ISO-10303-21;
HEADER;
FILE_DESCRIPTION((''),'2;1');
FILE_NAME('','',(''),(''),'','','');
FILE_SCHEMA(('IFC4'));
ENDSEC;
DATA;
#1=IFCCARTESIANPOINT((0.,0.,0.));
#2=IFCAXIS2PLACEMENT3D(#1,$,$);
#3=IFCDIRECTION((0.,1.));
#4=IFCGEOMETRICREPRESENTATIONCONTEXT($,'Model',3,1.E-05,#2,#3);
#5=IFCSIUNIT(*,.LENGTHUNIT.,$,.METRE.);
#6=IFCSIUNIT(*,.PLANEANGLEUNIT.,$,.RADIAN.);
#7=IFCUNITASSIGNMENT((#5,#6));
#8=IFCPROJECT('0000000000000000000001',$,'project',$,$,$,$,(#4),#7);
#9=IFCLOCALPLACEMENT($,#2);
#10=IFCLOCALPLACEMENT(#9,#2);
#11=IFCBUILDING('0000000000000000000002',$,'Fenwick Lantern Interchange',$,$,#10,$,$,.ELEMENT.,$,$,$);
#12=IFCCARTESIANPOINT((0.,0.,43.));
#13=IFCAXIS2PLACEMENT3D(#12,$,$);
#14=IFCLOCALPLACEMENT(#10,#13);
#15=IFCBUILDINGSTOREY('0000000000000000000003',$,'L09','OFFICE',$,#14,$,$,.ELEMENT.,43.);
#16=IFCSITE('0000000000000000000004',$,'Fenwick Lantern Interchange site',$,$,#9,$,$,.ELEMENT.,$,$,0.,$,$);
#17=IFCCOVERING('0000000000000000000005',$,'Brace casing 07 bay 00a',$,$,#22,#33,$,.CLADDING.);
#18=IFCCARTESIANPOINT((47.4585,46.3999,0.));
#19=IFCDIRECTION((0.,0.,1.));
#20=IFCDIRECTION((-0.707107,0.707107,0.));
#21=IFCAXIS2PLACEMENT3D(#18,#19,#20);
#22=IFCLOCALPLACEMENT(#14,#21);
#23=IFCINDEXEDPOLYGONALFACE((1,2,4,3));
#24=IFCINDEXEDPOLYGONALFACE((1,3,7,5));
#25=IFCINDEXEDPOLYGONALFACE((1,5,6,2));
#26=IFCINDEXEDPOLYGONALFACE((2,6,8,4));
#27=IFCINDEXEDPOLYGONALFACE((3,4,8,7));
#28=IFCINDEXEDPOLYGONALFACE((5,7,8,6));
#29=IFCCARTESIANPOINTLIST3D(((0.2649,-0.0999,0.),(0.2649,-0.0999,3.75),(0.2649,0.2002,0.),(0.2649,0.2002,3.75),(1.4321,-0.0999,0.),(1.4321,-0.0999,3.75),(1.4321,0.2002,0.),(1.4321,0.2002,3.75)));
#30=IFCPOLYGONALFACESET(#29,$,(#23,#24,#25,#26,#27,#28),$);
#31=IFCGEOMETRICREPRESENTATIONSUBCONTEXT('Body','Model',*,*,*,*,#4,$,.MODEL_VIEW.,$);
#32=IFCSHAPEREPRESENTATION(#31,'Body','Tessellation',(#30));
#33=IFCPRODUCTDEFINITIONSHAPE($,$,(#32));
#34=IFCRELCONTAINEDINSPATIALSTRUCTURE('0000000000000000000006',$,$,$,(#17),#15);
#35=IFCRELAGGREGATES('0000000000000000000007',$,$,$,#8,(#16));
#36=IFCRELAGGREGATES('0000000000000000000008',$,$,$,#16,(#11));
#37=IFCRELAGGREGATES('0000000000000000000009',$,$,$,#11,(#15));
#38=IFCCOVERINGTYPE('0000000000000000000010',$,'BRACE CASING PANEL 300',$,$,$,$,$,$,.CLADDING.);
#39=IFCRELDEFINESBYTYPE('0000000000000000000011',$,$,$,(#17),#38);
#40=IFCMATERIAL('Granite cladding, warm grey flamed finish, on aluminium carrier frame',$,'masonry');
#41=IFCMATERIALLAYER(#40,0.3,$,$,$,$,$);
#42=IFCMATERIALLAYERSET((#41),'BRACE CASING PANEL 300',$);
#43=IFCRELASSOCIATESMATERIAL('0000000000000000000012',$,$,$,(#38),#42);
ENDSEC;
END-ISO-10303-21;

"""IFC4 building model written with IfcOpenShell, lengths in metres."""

from ifc_helpers import new_model, si_unit, direction, frame, origin, place, context, subcontext, project, spatial, polyline, outline, extrude, material, layer, layer_set, type_object, element, save


model = new_model("IFC4")

# Units and contexts
model_context = context("Model", 3, precision=1e-05, world=origin(), true_north=direction((0.0, 1.0)))
body_context = subcontext(model_context, "Body", "Model", "MODEL_VIEW")
ifc_project = project(units=[si_unit("LENGTHUNIT", "METRE"), si_unit("PLANEANGLEUNIT", "RADIAN")], contexts=[model_context])

# Site, building, storey
site_placement = place(None, origin())
site = spatial("IfcSite", under=ifc_project, at=site_placement, Name="Fenwick Lantern Interchange site", CompositionType="ELEMENT", RefElevation=0.0)
building_placement = place(site_placement, origin())
building = spatial("IfcBuilding", under=site, at=building_placement, Name="Fenwick Lantern Interchange", CompositionType="ELEMENT")
storey_placement = place(building_placement, frame((0.0, 0.0, 43.0)))
storey = spatial("IfcBuildingStorey", under=building, at=storey_placement, Name="L09", Description="OFFICE", CompositionType="ELEMENT", Elevation=43.0)

# Covering
ifc_material_1 = material(Name="Granite cladding, warm grey flamed finish, on aluminium carrier frame", Category="masonry")
ifc_layer_1 = layer(ifc_material_1, 0.3)
ifc_layer_set_1 = layer_set([ifc_layer_1], Name="BRACE CASING PANEL 300")
covering_type = type_object("IfcCoveringType", Name="BRACE CASING PANEL 300", PredefinedType="CLADDING", material=ifc_layer_set_1)
covering_placement = place(storey_placement, frame((47.4585, 46.3999, 0.0), z_axis=(0.0, 0.0, 1.0), x_axis=(-0.707107, 0.707107, 0.0)))
element("IfcCovering", 1, at=covering_placement, inside=storey, type_object=covering_type, Name="Brace casing 07 bay 00a", PredefinedType="CLADDING", context=body_context, shape_type="SweptSolid", body=[
    extrude(outline(polyline([(0.2649, 0.0), (1.4321, 0.0), (1.4321, 3.75), (0.2649, 3.75), (0.2649, 0.0)])), frame((0.0, 0.2002, 0.0), z_axis=(0.0, -1.0, 0.0), x_axis=(1.0, 0.0, 0.0)), (0.0, 0.0, 1.0), 0.3),
])

save(model, "model.ifc")
